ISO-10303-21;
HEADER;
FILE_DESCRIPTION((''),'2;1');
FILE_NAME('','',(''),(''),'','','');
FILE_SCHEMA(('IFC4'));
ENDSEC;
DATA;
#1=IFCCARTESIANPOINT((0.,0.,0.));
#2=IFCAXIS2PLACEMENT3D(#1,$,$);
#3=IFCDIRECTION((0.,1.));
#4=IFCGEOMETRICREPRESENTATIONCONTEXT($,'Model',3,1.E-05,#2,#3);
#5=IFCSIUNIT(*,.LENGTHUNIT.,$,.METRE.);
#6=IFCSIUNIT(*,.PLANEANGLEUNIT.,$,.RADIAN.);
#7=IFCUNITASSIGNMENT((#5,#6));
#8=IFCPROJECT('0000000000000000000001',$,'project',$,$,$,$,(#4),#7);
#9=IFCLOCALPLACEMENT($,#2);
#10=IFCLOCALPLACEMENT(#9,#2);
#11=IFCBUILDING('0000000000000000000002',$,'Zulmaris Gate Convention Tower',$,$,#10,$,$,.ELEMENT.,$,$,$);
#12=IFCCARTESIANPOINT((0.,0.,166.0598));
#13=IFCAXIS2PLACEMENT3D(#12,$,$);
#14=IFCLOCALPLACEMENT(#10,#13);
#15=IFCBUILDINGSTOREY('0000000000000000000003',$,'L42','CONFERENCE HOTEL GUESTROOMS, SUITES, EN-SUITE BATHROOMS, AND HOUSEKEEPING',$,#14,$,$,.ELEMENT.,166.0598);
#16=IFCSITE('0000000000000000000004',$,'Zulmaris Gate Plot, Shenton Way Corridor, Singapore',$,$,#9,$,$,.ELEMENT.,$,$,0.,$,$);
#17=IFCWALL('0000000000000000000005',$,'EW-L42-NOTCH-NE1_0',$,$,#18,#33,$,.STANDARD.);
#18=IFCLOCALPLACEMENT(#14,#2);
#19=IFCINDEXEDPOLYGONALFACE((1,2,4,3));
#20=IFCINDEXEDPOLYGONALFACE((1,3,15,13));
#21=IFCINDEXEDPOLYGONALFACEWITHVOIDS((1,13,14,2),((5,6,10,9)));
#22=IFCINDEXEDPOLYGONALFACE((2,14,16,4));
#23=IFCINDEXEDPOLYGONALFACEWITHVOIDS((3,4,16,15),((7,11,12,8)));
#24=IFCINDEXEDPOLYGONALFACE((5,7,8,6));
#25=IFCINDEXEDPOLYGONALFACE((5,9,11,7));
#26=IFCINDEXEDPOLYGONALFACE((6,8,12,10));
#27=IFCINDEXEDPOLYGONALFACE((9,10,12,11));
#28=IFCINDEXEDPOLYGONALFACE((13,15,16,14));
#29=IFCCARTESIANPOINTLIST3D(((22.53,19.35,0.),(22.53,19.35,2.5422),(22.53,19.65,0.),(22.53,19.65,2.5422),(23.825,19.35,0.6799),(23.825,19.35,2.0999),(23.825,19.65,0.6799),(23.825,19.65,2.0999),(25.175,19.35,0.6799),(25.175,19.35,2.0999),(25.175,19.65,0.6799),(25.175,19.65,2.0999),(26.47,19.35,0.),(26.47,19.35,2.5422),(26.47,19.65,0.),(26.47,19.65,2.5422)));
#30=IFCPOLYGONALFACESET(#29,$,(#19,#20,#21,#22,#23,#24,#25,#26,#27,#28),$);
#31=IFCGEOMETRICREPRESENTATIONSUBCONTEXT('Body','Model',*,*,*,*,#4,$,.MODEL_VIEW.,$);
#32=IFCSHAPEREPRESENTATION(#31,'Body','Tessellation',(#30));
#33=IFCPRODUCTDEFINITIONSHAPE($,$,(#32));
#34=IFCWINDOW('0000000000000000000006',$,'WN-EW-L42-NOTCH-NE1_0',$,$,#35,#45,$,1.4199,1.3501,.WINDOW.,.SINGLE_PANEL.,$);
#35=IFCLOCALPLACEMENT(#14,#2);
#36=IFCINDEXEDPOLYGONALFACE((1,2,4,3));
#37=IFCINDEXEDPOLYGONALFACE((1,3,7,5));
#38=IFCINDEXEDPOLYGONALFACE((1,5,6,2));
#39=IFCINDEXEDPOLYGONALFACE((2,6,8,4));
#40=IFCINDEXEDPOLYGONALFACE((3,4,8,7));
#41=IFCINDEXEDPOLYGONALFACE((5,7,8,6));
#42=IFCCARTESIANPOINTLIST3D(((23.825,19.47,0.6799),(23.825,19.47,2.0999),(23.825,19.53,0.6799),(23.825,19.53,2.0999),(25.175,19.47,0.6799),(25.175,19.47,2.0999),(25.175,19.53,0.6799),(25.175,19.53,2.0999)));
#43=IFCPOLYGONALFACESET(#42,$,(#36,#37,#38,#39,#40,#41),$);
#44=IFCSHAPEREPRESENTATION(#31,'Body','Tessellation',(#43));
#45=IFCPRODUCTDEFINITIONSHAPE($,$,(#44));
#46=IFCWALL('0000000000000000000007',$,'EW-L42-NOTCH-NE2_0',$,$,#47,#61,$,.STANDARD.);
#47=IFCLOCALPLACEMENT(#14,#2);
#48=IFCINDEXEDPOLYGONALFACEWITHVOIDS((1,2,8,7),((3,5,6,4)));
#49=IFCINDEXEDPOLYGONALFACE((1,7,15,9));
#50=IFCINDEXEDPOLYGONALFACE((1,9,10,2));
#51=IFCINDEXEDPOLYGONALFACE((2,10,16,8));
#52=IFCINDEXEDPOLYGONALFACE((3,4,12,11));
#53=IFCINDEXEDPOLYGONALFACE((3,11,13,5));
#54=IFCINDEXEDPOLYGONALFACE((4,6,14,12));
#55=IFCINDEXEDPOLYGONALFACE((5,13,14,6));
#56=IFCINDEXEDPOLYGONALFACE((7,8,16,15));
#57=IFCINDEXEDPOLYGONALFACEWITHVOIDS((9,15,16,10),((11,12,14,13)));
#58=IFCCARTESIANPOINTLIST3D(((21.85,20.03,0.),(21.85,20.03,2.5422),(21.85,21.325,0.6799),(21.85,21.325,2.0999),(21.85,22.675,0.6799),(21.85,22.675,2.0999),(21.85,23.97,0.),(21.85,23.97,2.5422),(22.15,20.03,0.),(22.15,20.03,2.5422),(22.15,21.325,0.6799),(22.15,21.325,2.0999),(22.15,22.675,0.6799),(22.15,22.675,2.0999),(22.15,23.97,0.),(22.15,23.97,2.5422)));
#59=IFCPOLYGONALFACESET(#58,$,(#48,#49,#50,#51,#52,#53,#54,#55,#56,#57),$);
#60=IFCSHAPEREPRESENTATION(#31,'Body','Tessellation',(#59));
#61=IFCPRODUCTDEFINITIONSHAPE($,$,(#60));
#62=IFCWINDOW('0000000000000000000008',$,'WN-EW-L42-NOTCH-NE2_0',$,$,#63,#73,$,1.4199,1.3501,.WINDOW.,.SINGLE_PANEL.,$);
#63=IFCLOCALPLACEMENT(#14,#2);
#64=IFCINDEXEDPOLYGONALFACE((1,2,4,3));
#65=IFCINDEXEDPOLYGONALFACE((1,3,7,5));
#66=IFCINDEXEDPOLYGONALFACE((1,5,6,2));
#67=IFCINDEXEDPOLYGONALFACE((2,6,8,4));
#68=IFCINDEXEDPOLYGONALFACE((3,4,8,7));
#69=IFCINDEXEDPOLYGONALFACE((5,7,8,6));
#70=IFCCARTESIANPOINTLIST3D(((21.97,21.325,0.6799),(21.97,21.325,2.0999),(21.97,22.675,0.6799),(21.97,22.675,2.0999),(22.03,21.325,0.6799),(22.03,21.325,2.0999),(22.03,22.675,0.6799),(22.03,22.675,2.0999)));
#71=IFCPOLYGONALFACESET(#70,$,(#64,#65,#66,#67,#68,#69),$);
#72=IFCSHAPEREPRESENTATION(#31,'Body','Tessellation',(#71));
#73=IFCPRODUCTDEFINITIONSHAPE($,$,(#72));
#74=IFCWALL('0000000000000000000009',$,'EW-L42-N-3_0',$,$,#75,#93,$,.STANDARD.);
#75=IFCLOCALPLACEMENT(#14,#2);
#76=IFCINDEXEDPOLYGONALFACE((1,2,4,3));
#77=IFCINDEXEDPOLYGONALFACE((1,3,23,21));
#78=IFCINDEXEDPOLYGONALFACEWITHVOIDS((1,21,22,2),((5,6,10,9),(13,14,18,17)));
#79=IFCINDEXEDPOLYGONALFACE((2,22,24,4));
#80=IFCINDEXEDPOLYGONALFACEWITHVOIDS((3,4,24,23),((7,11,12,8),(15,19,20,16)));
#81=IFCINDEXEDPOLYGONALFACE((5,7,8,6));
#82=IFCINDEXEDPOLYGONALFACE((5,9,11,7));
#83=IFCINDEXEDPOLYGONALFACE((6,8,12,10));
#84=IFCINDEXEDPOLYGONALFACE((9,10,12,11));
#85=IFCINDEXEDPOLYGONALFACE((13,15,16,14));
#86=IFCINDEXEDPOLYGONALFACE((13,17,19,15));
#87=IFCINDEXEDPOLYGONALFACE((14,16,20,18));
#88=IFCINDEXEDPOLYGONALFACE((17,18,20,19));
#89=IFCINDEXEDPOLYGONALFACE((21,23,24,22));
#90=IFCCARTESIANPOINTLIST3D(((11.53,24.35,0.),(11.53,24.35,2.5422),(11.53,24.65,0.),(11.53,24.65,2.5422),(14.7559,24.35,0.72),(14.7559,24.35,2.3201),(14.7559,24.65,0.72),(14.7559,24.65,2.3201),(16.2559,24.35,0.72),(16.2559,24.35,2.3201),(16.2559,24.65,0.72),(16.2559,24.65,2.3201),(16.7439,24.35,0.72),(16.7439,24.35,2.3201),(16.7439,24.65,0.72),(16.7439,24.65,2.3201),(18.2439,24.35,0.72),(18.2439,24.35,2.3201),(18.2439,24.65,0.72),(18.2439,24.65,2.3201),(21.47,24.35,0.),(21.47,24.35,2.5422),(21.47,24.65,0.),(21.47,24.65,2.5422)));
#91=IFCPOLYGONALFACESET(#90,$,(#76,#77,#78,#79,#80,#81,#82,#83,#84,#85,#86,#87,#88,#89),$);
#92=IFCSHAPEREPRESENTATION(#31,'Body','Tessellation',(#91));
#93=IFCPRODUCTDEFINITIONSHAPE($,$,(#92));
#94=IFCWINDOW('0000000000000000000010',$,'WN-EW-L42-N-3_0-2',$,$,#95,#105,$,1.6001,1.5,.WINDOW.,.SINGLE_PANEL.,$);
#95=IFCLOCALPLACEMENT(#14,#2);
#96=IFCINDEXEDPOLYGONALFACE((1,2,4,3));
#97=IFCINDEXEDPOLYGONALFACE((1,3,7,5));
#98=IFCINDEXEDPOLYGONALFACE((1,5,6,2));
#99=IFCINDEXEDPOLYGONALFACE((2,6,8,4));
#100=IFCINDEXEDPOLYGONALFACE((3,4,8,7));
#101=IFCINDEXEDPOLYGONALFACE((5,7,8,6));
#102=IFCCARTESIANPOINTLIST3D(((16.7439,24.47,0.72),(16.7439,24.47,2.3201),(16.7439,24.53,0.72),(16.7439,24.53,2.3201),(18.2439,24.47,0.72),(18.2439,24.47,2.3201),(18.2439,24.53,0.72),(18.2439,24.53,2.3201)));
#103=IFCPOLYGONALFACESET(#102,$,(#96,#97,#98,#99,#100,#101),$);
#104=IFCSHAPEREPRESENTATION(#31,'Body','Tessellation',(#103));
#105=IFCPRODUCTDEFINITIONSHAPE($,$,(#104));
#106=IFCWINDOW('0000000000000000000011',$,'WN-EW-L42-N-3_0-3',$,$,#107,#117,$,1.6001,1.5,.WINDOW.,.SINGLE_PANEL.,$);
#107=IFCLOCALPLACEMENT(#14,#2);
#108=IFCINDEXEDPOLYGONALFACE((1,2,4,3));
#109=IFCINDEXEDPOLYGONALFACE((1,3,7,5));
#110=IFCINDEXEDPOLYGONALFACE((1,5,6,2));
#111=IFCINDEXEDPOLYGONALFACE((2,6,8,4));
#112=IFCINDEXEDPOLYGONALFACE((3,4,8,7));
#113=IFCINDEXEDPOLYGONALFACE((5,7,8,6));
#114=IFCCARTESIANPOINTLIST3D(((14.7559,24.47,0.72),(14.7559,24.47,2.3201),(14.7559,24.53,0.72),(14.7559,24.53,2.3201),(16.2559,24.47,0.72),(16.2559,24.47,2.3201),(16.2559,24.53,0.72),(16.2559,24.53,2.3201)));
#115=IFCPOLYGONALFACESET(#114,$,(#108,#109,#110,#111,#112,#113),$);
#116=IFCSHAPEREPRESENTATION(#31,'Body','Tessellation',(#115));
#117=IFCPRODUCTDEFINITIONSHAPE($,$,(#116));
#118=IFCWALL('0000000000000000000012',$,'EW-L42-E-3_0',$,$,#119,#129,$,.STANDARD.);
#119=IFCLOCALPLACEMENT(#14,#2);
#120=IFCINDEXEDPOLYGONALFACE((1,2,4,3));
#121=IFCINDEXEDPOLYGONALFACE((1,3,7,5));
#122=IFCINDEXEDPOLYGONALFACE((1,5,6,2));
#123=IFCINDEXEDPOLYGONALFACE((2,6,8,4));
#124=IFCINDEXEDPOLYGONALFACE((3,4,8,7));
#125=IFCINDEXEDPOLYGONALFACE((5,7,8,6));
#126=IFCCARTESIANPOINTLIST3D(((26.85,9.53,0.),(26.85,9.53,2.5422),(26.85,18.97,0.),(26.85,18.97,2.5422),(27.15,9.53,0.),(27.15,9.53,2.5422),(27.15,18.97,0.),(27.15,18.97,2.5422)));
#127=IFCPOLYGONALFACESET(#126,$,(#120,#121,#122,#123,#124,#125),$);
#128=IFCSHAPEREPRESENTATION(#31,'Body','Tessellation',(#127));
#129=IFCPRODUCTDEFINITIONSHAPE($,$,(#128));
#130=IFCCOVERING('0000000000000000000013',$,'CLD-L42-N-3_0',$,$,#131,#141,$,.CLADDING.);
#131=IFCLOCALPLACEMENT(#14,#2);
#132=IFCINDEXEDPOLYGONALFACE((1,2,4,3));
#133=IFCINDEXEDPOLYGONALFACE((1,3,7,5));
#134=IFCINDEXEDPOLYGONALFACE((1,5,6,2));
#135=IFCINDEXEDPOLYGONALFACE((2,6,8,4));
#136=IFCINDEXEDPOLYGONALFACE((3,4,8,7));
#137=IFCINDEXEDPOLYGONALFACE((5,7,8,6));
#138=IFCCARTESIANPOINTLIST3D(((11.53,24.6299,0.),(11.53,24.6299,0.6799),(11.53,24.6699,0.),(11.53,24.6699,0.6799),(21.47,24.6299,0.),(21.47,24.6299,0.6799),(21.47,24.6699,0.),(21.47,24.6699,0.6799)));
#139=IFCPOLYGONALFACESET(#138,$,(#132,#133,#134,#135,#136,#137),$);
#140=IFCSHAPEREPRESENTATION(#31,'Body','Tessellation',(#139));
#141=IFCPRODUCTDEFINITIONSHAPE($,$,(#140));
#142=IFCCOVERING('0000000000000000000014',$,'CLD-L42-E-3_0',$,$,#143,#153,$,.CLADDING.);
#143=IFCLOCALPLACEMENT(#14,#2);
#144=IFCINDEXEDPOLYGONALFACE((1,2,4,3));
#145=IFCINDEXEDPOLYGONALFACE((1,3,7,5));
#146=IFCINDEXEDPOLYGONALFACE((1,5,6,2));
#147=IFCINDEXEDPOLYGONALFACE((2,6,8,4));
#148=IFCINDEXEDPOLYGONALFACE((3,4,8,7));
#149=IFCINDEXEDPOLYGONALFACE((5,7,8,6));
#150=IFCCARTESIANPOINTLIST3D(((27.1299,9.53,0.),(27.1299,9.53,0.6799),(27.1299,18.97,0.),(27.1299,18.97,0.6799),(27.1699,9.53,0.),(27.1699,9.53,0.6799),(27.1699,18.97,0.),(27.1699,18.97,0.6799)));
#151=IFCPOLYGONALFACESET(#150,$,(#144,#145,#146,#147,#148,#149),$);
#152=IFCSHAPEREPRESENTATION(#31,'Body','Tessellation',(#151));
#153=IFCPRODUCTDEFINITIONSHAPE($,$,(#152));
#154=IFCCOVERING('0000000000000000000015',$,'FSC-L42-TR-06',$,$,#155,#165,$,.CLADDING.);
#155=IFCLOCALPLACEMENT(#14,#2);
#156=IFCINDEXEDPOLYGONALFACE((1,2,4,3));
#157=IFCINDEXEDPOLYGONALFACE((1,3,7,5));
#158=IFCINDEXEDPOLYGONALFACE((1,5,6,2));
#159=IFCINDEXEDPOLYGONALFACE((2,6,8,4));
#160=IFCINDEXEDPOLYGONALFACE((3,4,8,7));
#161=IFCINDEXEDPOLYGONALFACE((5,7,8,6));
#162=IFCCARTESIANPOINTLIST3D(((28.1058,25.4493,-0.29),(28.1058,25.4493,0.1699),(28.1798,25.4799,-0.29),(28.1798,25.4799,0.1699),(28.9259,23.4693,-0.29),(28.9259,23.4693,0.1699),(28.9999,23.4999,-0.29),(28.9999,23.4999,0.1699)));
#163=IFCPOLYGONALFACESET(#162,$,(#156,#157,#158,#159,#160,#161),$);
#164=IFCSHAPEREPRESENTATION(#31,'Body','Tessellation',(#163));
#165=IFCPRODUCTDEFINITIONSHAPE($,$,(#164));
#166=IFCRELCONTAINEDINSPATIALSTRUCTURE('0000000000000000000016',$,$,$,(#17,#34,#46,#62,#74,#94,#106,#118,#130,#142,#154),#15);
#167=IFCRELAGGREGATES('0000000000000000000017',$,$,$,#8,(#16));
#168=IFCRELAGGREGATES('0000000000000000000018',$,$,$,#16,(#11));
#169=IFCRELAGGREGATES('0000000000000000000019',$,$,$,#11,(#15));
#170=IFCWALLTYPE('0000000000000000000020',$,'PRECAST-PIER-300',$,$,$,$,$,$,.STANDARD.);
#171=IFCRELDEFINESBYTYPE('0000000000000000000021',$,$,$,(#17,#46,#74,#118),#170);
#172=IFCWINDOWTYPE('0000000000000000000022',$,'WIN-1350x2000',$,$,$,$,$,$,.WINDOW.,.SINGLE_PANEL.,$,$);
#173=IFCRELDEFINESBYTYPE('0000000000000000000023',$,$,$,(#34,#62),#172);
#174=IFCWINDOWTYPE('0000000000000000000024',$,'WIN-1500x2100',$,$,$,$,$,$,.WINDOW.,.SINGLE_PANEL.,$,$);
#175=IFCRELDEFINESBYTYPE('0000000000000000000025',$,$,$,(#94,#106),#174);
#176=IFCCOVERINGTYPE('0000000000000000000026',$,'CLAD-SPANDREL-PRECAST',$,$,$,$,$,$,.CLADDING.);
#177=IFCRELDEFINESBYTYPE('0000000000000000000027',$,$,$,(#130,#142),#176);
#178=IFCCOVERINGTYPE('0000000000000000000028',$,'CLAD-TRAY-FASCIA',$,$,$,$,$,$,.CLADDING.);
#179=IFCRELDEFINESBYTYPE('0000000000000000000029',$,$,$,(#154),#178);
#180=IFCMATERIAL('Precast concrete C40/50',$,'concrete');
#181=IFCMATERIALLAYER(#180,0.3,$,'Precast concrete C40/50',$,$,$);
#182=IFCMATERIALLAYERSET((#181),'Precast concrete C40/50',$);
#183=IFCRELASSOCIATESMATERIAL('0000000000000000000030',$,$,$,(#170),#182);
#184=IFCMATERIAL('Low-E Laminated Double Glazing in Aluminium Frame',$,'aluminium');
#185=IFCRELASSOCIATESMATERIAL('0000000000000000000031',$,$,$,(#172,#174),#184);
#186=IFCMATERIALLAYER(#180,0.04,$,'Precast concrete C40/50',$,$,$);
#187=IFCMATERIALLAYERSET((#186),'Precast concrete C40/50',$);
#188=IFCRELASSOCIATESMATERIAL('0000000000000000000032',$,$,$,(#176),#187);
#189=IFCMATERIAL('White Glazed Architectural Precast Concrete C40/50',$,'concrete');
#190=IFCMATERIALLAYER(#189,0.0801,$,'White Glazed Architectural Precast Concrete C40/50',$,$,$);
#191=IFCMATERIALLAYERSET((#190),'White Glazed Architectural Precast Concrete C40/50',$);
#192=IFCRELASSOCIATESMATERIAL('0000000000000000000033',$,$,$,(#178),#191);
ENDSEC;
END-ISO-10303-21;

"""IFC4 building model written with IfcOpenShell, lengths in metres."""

from ifc_helpers import new_model, si_unit, direction, frame, frame_2d, origin, place, context, subcontext, project, spatial, rectangle, extrude, material, layer, layer_set, type_object, element, fill, save


model = new_model("IFC4")

# Units and contexts
model_context = context("Model", 3, precision=1e-05, world=origin(), true_north=direction((0.0, 1.0)))
body_context = subcontext(model_context, "Body", "Model", "MODEL_VIEW")
ifc_project = project(units=[si_unit("LENGTHUNIT", "METRE"), si_unit("PLANEANGLEUNIT", "RADIAN")], contexts=[model_context])

# Site, building, storey
site_placement = place(None, origin())
site = spatial("IfcSite", under=ifc_project, at=site_placement, Name="Zulmaris Gate Plot, Shenton Way Corridor, Singapore", CompositionType="ELEMENT", RefElevation=0.0)
building_placement = place(site_placement, origin())
building = spatial("IfcBuilding", under=site, at=building_placement, Name="Zulmaris Gate Convention Tower", CompositionType="ELEMENT")
storey_placement = place(building_placement, frame((0.0, 0.0, 166.0598)))
storey = spatial("IfcBuildingStorey", under=building, at=storey_placement, Name="L42", Description="CONFERENCE HOTEL GUESTROOMS, SUITES, EN-SUITE BATHROOMS, AND HOUSEKEEPING", CompositionType="ELEMENT", Elevation=166.0598)

# Walls, openings, windows
ifc_material_1 = material(Name="Precast concrete C40/50", Category="concrete")
ifc_layer_1 = layer(ifc_material_1, 0.3, Name="Precast concrete C40/50")
ifc_layer_set_1 = layer_set([ifc_layer_1], Name="Precast concrete C40/50")
wall_type_1 = type_object("IfcWallType", Name="PRECAST-PIER-300", PredefinedType="STANDARD", material=ifc_layer_set_1)
wall_1_placement = place(storey_placement, frame((26.47, 19.5, 0.0), z_axis=(0.0, 0.0, 1.0), x_axis=(-1.0, 0.0, 0.0)))
wall_1 = element("IfcWall", 1, at=wall_1_placement, inside=storey, type_object=wall_type_1, Name="EW-L42-NOTCH-NE1_0", PredefinedType="STANDARD", context=body_context, shape_type="SweptSolid", body=[
    extrude(rectangle(XDim=3.9399, YDim=0.3, at=frame_2d((1.97, 0.0))), origin(), (0.0, 0.0, 1.0), 2.5422),
])
opening_1_placement = place(wall_1_placement, frame((1.2949, 0.0, 0.6799)))
opening_1 = element("IfcOpeningElement", 2, at=opening_1_placement, cuts=wall_1, PredefinedType="OPENING", context=body_context, shape_type="SweptSolid", body=[
    extrude(rectangle(XDim=1.3501, YDim=1.4199, at=frame_2d((0.675, 0.71))), frame((0.0, 0.1602, 0.0), z_axis=(0.0, -1.0, 0.0), x_axis=(1.0, 0.0, 0.0)), (0.0, 0.0, 1.0), 0.3201),
])
ifc_material_2 = material(Name="Low-E Laminated Double Glazing in Aluminium Frame", Category="aluminium")
window_type_1 = type_object("IfcWindowType", Name="WIN-1350x2000", PartitioningType="SINGLE_PANEL", PredefinedType="WINDOW", material=ifc_material_2)
window_1_placement = place(opening_1_placement, origin())
window_1 = element("IfcWindow", 3, at=window_1_placement, inside=storey, type_object=window_type_1, Name="WN-EW-L42-NOTCH-NE1_0", OverallHeight=1.4199, OverallWidth=1.3501, PartitioningType="SINGLE_PANEL", PredefinedType="WINDOW", context=body_context, shape_type="SweptSolid", body=[
    extrude(rectangle(XDim=1.3501, YDim=1.4199, at=frame_2d((0.675, 0.71))), frame((0.0, 0.03, 0.0), z_axis=(0.0, -1.0, 0.0), x_axis=(1.0, 0.0, 0.0)), (0.0, 0.0, 1.0), 0.0601),
])
fill(opening_1, window_1)
wall_2_placement = place(storey_placement, frame((22.0, 20.03, 0.0), z_axis=(0.0, 0.0, 1.0), x_axis=(0.0, 1.0, 0.0)))
wall_2 = element("IfcWall", 4, at=wall_2_placement, inside=storey, type_object=wall_type_1, Name="EW-L42-NOTCH-NE2_0", PredefinedType="STANDARD", context=body_context, shape_type="SweptSolid", body=[
    extrude(rectangle(XDim=3.9399, YDim=0.3, at=frame_2d((1.97, 0.0))), origin(), (0.0, 0.0, 1.0), 2.5422),
])
opening_2_placement = place(wall_2_placement, frame((1.2949, 0.0, 0.6799)))
opening_2 = element("IfcOpeningElement", 5, at=opening_2_placement, cuts=wall_2, PredefinedType="OPENING", context=body_context, shape_type="SweptSolid", body=[
    extrude(rectangle(XDim=1.3501, YDim=1.4199, at=frame_2d((0.675, 0.71))), frame((0.0, 0.1602, 0.0), z_axis=(0.0, -1.0, 0.0), x_axis=(1.0, 0.0, 0.0)), (0.0, 0.0, 1.0), 0.3201),
])
window_2_placement = place(opening_2_placement, origin())
window_2 = element("IfcWindow", 6, at=window_2_placement, inside=storey, type_object=window_type_1, Name="WN-EW-L42-NOTCH-NE2_0", OverallHeight=1.4199, OverallWidth=1.3501, PartitioningType="SINGLE_PANEL", PredefinedType="WINDOW", context=body_context, shape_type="SweptSolid", body=[
    extrude(rectangle(XDim=1.3501, YDim=1.4199, at=frame_2d((0.675, 0.71))), frame((0.0, 0.03, 0.0), z_axis=(0.0, -1.0, 0.0), x_axis=(1.0, 0.0, 0.0)), (0.0, 0.0, 1.0), 0.0601),
])
fill(opening_2, window_2)

# Wall, openings, windows
wall_3_placement = place(storey_placement, frame((21.47, 24.5, 0.0), z_axis=(0.0, 0.0, 1.0), x_axis=(-1.0, 0.0, 0.0)))
wall_3 = element("IfcWall", 7, at=wall_3_placement, inside=storey, type_object=wall_type_1, Name="EW-L42-N-3_0", PredefinedType="STANDARD", context=body_context, shape_type="SweptSolid", body=[
    extrude(rectangle(XDim=9.9399, YDim=0.3, at=frame_2d((4.97, 0.0))), origin(), (0.0, 0.0, 1.0), 2.5422),
])
opening_3_placement = place(wall_3_placement, frame((3.2261, 0.0, 0.72)))
opening_3 = element("IfcOpeningElement", 8, at=opening_3_placement, cuts=wall_3, PredefinedType="OPENING", context=body_context, shape_type="SweptSolid", body=[
    extrude(rectangle(XDim=1.5, YDim=1.6001, at=frame_2d((0.75, 0.8))), frame((0.0, 0.1602, 0.0), z_axis=(0.0, -1.0, 0.0), x_axis=(1.0, 0.0, 0.0)), (0.0, 0.0, 1.0), 0.3201),
])
opening_4_placement = place(wall_3_placement, frame((5.2141, 0.0, 0.72)))
opening_4 = element("IfcOpeningElement", 9, at=opening_4_placement, cuts=wall_3, PredefinedType="OPENING", context=body_context, shape_type="SweptSolid", body=[
    extrude(rectangle(XDim=1.5, YDim=1.6001, at=frame_2d((0.75, 0.8))), frame((0.0, 0.1602, 0.0), z_axis=(0.0, -1.0, 0.0), x_axis=(1.0, 0.0, 0.0)), (0.0, 0.0, 1.0), 0.3201),
])
window_type_2 = type_object("IfcWindowType", Name="WIN-1500x2100", PartitioningType="SINGLE_PANEL", PredefinedType="WINDOW", material=ifc_material_2)
window_3_placement = place(opening_3_placement, origin())
window_3 = element("IfcWindow", 10, at=window_3_placement, inside=storey, type_object=window_type_2, Name="WN-EW-L42-N-3_0-2", OverallHeight=1.6001, OverallWidth=1.5, PartitioningType="SINGLE_PANEL", PredefinedType="WINDOW", context=body_context, shape_type="SweptSolid", body=[
    extrude(rectangle(XDim=1.5, YDim=1.6001, at=frame_2d((0.75, 0.8))), frame((0.0, 0.03, 0.0), z_axis=(0.0, -1.0, 0.0), x_axis=(1.0, 0.0, 0.0)), (0.0, 0.0, 1.0), 0.0601),
])
fill(opening_3, window_3)
window_4_placement = place(opening_4_placement, origin())
window_4 = element("IfcWindow", 11, at=window_4_placement, inside=storey, type_object=window_type_2, Name="WN-EW-L42-N-3_0-3", OverallHeight=1.6001, OverallWidth=1.5, PartitioningType="SINGLE_PANEL", PredefinedType="WINDOW", context=body_context, shape_type="SweptSolid", body=[
    extrude(rectangle(XDim=1.5, YDim=1.6001, at=frame_2d((0.75, 0.8))), frame((0.0, 0.03, 0.0), z_axis=(0.0, -1.0, 0.0), x_axis=(1.0, 0.0, 0.0)), (0.0, 0.0, 1.0), 0.0601),
])
fill(opening_4, window_4)

# Wall
wall_4_placement = place(storey_placement, frame((27.0, 9.53, 0.0), z_axis=(0.0, 0.0, 1.0), x_axis=(0.0, 1.0, 0.0)))
element("IfcWall", 12, at=wall_4_placement, inside=storey, type_object=wall_type_1, Name="EW-L42-E-3_0", PredefinedType="STANDARD", context=body_context, shape_type="SweptSolid", body=[
    extrude(rectangle(XDim=9.4399, YDim=0.3, at=frame_2d((4.72, 0.0))), origin(), (0.0, 0.0, 1.0), 2.5422),
])

# Coverings
ifc_layer_2 = layer(ifc_material_1, 0.04, Name="Precast concrete C40/50")
ifc_layer_set_2 = layer_set([ifc_layer_2], Name="Precast concrete C40/50")
covering_type_1 = type_object("IfcCoveringType", Name="CLAD-SPANDREL-PRECAST", PredefinedType="CLADDING", material=ifc_layer_set_2)
covering_1_placement = place(storey_placement, frame((21.47, 24.6499, 0.0), z_axis=(0.0, 0.0, 1.0), x_axis=(-1.0, 0.0, 0.0)))
element("IfcCovering", 13, at=covering_1_placement, inside=storey, type_object=covering_type_1, Name="CLD-L42-N-3_0", PredefinedType="CLADDING", context=body_context, shape_type="SweptSolid", body=[
    extrude(rectangle(XDim=9.9399, YDim=0.04, at=frame_2d((4.97, 0.0))), origin(), (0.0, 0.0, 1.0), 0.6799),
])
covering_2_placement = place(storey_placement, frame((27.1499, 9.53, 0.0), z_axis=(0.0, 0.0, 1.0), x_axis=(0.0, 1.0, 0.0)))
element("IfcCovering", 14, at=covering_2_placement, inside=storey, type_object=covering_type_1, Name="CLD-L42-E-3_0", PredefinedType="CLADDING", context=body_context, shape_type="SweptSolid", body=[
    extrude(rectangle(XDim=9.4399, YDim=0.04, at=frame_2d((4.72, 0.0))), origin(), (0.0, 0.0, 1.0), 0.6799),
])
ifc_material_3 = material(Name="White Glazed Architectural Precast Concrete C40/50", Category="concrete")
ifc_layer_3 = layer(ifc_material_3, 0.0801, Name="White Glazed Architectural Precast Concrete C40/50")
ifc_layer_set_3 = layer_set([ifc_layer_3], Name="White Glazed Architectural Precast Concrete C40/50")
covering_type_2 = type_object("IfcCoveringType", Name="CLAD-TRAY-FASCIA", PredefinedType="CLADDING", material=ifc_layer_set_3)
covering_3_placement = place(storey_placement, frame((28.9629, 23.4846, -0.29), z_axis=(0.0, 0.0, 1.0), x_axis=(-0.382657, 0.92389, 0.0)))
element("IfcCovering", 15, at=covering_3_placement, inside=storey, type_object=covering_type_2, Name="FSC-L42-TR-06", PredefinedType="CLADDING", context=body_context, shape_type="SweptSolid", body=[
    extrude(rectangle(XDim=2.1431, YDim=0.0801, at=frame_2d((1.0715, 0.0))), origin(), (0.0, 0.0, 1.0), 0.46),
])

save(model, "model.ifc")
